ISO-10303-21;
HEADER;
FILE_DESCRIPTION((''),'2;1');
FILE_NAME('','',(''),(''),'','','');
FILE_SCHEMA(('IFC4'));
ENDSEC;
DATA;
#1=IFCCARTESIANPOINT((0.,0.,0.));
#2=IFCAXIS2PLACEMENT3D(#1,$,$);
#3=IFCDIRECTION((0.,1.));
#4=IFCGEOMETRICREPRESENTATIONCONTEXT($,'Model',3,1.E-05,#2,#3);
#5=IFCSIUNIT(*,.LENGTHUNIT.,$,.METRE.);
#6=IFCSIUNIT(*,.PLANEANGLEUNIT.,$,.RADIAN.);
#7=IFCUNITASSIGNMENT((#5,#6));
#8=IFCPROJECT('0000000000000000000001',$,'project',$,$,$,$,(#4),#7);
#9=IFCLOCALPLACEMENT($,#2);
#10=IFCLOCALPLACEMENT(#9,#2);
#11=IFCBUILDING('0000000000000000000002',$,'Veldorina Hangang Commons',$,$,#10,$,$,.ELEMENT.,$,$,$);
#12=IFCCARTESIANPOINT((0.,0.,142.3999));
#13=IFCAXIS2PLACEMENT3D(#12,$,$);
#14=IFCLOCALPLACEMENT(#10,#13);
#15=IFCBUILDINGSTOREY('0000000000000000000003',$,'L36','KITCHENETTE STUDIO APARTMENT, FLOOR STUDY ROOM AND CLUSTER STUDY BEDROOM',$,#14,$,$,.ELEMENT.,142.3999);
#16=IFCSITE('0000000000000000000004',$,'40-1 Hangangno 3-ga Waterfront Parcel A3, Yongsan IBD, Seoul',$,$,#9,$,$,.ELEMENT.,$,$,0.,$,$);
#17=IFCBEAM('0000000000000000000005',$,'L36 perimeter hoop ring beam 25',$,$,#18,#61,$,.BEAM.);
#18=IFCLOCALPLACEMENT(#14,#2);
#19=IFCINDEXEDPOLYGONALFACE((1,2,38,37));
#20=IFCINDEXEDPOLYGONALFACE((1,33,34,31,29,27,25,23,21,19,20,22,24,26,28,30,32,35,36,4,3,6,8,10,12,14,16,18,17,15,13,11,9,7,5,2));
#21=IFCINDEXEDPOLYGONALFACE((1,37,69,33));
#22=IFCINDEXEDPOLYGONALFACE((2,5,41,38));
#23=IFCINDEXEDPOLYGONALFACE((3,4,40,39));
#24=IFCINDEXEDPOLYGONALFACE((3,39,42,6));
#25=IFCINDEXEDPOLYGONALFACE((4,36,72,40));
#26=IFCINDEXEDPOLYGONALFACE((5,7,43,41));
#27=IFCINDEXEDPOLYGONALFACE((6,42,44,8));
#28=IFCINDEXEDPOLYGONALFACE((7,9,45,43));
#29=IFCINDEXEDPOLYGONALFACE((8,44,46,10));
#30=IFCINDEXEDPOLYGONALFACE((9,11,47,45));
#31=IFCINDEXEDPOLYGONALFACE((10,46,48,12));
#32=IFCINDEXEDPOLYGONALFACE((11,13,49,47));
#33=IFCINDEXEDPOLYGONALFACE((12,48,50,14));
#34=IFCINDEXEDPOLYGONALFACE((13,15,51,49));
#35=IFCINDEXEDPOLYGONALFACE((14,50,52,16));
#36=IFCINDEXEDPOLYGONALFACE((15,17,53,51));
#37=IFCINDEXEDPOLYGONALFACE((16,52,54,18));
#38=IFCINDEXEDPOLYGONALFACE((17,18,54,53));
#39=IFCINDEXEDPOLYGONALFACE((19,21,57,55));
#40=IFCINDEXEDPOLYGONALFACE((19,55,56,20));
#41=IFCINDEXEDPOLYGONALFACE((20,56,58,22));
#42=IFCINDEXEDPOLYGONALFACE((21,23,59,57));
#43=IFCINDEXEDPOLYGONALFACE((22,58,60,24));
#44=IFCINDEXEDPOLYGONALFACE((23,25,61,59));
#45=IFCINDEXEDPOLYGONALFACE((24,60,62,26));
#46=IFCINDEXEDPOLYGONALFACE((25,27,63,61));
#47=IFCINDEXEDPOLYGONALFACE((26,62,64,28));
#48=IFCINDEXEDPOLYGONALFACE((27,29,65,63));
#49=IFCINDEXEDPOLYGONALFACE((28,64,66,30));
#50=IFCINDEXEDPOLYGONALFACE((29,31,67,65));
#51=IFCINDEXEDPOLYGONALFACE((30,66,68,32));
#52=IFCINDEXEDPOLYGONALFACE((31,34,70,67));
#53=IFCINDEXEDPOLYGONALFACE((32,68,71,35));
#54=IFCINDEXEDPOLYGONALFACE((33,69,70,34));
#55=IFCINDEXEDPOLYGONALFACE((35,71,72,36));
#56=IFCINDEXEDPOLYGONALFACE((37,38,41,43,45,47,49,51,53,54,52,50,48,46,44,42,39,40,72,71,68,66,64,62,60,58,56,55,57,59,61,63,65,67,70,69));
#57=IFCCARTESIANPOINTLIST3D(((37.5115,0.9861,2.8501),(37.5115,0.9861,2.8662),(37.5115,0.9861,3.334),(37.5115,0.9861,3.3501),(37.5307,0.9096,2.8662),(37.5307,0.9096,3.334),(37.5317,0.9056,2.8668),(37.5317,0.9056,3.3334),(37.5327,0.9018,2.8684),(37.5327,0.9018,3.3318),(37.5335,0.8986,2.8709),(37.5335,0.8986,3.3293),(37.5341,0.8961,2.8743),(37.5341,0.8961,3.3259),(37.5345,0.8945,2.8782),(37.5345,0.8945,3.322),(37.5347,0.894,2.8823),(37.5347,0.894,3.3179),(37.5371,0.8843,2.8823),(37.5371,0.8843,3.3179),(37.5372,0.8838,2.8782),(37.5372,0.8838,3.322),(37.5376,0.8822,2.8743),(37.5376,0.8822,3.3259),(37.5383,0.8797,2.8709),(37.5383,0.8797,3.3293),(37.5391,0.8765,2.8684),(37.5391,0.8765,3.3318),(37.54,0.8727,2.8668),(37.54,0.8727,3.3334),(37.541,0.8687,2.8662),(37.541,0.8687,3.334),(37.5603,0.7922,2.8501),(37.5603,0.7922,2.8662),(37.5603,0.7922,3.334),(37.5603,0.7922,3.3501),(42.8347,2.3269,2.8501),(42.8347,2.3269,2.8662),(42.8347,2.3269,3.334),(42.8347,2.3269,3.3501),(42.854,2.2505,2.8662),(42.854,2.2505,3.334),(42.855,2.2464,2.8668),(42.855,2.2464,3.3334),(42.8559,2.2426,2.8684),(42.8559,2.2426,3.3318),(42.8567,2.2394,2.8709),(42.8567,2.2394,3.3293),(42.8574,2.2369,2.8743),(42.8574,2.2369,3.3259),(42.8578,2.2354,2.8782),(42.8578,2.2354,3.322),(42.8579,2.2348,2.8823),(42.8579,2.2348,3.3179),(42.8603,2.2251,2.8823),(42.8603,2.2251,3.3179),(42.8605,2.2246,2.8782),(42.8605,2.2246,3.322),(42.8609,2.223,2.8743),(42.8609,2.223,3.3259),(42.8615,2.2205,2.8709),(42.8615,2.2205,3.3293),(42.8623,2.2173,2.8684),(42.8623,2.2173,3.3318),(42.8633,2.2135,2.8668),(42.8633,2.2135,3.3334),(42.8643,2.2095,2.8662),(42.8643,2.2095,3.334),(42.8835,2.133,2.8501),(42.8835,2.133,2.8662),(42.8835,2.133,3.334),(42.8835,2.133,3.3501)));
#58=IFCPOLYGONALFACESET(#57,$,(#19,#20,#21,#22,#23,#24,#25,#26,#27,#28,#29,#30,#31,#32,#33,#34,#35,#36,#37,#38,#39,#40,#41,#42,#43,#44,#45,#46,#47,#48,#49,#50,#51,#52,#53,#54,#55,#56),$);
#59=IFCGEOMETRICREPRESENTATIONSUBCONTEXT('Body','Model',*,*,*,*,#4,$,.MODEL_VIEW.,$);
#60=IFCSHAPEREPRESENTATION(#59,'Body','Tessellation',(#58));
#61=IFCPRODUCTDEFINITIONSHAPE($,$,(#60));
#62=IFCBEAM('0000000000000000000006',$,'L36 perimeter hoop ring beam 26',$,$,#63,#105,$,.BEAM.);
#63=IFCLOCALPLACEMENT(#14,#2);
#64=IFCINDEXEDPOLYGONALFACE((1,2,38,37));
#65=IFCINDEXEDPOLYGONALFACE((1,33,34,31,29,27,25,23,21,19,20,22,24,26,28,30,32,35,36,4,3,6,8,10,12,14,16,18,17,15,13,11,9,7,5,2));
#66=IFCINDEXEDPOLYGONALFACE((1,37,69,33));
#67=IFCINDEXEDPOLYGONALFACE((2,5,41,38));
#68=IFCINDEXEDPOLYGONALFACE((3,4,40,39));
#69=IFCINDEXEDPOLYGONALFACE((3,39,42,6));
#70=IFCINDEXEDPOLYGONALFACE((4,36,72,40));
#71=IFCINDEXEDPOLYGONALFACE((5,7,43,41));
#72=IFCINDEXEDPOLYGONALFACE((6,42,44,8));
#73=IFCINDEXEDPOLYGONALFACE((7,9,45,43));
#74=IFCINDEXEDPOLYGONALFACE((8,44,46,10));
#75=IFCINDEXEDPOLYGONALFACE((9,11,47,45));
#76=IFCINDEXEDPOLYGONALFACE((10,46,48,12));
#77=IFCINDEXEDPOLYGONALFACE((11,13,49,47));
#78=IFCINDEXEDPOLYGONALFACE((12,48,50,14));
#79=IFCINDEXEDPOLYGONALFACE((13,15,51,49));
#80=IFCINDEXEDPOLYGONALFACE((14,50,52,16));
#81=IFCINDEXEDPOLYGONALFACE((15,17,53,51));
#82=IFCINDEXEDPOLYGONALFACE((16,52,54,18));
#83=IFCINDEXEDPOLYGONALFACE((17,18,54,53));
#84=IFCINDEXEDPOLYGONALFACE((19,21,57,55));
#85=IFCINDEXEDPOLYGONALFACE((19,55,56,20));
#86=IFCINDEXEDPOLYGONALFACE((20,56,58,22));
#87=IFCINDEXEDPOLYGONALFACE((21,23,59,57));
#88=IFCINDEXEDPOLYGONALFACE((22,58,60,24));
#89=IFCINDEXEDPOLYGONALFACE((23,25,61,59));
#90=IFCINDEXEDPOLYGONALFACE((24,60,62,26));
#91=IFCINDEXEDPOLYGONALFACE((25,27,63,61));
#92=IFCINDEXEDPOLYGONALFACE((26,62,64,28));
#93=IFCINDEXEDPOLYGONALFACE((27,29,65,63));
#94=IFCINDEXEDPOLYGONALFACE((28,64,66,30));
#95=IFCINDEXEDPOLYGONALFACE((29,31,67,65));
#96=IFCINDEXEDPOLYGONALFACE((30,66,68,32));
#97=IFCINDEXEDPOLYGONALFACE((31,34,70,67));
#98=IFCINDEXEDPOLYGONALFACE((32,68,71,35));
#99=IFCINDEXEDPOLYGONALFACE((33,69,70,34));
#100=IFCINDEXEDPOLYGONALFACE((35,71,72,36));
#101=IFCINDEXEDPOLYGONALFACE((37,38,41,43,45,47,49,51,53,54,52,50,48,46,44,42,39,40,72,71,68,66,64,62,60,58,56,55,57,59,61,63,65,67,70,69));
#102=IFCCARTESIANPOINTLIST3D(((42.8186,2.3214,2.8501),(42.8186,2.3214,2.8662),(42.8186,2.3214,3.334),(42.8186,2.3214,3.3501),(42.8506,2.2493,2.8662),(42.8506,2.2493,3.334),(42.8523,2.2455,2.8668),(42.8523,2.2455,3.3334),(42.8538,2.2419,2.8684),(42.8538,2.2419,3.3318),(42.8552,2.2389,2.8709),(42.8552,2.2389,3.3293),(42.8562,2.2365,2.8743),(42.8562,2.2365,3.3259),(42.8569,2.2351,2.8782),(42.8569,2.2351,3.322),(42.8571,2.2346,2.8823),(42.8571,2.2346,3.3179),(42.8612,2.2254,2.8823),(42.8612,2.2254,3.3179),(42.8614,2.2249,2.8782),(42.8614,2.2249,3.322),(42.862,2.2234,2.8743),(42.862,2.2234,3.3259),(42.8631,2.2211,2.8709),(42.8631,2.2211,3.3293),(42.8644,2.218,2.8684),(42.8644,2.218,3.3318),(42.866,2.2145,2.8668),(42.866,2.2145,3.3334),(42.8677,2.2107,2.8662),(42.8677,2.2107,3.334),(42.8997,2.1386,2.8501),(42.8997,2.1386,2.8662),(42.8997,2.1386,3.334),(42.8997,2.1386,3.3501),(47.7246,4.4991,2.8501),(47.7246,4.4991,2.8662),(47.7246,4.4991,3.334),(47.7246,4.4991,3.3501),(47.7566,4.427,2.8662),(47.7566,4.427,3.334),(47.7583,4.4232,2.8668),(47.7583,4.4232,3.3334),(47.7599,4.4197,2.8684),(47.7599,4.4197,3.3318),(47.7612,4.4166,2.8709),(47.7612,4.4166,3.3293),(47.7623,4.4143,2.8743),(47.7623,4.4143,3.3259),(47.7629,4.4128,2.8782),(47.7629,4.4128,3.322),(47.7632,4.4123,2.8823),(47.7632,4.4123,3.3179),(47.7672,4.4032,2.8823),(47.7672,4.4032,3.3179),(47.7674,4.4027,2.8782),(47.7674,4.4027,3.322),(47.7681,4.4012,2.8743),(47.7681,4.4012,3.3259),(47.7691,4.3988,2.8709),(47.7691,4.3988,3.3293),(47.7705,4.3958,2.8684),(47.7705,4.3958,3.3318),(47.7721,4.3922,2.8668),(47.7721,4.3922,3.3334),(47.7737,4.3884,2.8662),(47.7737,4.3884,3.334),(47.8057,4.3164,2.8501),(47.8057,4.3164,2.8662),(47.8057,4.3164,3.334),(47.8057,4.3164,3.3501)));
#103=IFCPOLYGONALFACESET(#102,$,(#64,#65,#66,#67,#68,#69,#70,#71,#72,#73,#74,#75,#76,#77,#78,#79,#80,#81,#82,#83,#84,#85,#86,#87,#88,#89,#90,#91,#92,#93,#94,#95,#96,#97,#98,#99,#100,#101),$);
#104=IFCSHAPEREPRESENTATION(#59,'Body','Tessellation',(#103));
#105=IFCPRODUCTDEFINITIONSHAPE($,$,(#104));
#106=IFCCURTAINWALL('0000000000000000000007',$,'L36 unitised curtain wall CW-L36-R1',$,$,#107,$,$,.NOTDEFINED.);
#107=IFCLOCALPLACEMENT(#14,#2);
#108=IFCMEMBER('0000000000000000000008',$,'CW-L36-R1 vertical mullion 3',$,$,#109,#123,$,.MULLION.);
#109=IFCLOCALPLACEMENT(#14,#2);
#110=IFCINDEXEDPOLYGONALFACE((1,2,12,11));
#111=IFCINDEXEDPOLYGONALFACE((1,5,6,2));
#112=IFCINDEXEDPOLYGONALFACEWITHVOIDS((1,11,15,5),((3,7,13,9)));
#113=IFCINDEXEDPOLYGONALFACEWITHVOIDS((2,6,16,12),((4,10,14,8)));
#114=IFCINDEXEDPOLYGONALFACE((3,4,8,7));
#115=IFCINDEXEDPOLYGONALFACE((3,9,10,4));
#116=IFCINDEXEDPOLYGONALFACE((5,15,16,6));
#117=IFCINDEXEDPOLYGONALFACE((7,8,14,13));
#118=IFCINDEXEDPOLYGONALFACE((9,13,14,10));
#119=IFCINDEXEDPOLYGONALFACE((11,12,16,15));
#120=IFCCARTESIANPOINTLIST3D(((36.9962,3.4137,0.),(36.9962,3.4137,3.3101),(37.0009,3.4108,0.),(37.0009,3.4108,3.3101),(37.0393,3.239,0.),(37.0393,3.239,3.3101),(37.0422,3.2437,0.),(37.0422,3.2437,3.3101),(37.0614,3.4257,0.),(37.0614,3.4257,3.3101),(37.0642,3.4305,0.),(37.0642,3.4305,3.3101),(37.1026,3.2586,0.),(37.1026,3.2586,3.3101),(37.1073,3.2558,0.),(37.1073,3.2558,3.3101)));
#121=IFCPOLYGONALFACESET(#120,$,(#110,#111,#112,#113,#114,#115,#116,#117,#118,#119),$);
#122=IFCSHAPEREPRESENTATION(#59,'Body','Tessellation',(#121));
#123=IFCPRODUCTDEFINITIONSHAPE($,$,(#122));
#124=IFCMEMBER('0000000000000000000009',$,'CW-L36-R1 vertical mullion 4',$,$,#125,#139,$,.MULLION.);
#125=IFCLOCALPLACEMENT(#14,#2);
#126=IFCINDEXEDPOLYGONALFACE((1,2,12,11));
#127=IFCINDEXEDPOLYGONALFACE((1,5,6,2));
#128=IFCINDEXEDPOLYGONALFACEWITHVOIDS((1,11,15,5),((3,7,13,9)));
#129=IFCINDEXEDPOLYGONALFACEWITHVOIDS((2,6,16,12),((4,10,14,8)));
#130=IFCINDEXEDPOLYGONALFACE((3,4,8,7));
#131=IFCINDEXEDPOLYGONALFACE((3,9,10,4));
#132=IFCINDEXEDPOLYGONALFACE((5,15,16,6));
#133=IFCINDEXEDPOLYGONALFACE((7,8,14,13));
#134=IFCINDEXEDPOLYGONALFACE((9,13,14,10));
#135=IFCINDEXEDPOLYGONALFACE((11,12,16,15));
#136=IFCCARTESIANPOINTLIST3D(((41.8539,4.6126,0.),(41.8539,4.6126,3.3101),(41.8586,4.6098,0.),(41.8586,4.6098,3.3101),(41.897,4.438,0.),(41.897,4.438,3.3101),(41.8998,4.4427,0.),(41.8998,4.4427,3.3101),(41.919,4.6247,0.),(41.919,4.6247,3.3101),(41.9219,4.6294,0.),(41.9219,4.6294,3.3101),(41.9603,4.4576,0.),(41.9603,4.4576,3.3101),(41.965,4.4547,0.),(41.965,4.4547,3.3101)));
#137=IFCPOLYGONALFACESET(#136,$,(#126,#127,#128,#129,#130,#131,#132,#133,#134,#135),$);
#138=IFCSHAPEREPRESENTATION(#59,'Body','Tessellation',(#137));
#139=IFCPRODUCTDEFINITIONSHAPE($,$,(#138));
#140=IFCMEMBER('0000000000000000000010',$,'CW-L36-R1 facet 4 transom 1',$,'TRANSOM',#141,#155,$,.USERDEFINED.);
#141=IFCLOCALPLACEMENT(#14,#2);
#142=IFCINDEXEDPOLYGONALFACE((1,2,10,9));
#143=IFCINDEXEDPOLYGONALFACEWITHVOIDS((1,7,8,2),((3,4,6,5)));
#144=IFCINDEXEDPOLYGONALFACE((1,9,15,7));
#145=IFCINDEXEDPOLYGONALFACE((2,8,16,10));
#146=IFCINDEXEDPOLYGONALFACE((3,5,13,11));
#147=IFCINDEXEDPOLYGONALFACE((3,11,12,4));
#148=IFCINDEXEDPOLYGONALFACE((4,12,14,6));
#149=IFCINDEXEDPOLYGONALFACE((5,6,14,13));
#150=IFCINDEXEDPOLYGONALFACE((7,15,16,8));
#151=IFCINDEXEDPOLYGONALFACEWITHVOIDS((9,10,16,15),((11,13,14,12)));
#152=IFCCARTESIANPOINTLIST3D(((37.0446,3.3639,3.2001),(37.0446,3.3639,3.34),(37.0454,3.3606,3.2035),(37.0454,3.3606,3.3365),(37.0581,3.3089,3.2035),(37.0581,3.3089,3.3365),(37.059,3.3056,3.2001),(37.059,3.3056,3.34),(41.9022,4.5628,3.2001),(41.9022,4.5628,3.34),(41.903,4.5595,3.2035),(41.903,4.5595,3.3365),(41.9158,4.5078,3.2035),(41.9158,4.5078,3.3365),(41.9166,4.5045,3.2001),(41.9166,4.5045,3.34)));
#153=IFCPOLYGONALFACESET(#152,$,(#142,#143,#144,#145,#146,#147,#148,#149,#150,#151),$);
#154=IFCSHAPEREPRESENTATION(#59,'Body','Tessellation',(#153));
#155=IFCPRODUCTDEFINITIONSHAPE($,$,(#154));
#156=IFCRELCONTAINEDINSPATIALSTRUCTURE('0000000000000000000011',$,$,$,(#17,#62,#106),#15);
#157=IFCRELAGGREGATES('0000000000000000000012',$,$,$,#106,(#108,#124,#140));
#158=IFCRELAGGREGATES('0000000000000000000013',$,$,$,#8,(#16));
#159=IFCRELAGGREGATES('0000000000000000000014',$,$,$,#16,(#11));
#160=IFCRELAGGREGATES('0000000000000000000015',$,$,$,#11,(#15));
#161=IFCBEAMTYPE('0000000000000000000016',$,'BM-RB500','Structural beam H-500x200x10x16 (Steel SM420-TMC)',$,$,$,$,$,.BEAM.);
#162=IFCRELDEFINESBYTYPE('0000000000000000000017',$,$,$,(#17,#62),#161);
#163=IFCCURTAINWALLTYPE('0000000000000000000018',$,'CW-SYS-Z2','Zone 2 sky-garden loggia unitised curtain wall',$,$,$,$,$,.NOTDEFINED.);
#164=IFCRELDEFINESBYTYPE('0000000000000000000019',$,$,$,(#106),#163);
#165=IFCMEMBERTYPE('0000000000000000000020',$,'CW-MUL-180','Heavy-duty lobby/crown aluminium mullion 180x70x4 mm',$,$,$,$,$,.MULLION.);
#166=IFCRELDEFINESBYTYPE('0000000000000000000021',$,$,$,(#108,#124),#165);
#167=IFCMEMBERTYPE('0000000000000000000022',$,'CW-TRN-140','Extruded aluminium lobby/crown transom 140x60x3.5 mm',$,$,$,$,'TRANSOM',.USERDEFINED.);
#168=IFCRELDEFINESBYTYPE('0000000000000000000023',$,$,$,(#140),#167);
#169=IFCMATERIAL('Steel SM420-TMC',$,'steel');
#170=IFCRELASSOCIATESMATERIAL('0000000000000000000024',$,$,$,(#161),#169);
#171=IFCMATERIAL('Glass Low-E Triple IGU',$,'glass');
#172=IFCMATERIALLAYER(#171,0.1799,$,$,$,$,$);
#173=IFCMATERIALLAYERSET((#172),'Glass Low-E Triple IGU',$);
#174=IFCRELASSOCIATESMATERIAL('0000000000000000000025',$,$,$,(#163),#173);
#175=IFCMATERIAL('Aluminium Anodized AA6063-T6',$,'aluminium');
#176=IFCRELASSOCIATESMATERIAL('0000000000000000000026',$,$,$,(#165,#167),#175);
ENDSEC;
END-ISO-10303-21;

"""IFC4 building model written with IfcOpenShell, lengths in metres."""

from ifc_helpers import new_model, si_unit, direction, frame, origin, origin_2d, place, context, subcontext, project, spatial, hollow_rectangle, i_section, extrude, material, layer, layer_set, material_profile, profile_set, type_object, element, aggregate, save


model = new_model("IFC4")

# Units and contexts
model_context = context("Model", 3, precision=1e-05, world=origin(), true_north=direction((0.0, 1.0)))
body_context = subcontext(model_context, "Body", "Model", "MODEL_VIEW")
ifc_project = project(units=[si_unit("LENGTHUNIT", "METRE"), si_unit("PLANEANGLEUNIT", "RADIAN")], contexts=[model_context])

# Site, building, storey
site_placement = place(None, origin())
site = spatial("IfcSite", under=ifc_project, at=site_placement, Name="40-1 Hangangno 3-ga Waterfront Parcel A3, Yongsan IBD, Seoul", CompositionType="ELEMENT", RefElevation=0.0)
building_placement = place(site_placement, origin())
building = spatial("IfcBuilding", under=site, at=building_placement, Name="Veldorina Hangang Commons", CompositionType="ELEMENT")
storey_placement = place(building_placement, frame((0.0, 0.0, 142.3999)))
storey = spatial("IfcBuildingStorey", under=building, at=storey_placement, Name="L36", Description="KITCHENETTE STUDIO APARTMENT, FLOOR STUDY ROOM AND CLUSTER STUDY BEDROOM", CompositionType="ELEMENT", Elevation=142.3999)

# Beams
ifc_material_1 = material(Name="Steel SM420-TMC", Category="steel")
ifc_material_profile_1 = material_profile(ifc_material_1, i_section(OverallWidth=0.2, OverallDepth=0.5, WebThickness=0.01, FlangeThickness=0.0161, FilletRadius=0.0161, at=origin_2d()), Name="H-500x200x10x16")
ifc_profile_set_1 = profile_set([ifc_material_profile_1], Name="Steel SM420-TMC")
beam_type = type_object("IfcBeamType", Name="BM-RB500", Description="Structural beam H-500x200x10x16 (Steel SM420-TMC)", PredefinedType="BEAM", material=ifc_profile_set_1)
beam_1_placement = place(storey_placement, frame((37.5359, 0.8892, 3.1001), z_axis=(0.969712, 0.244251, 0.0), x_axis=(-0.244251, 0.969712, 0.0)))
element("IfcBeam", 1, at=beam_1_placement, inside=storey, type_object=beam_type, Name="L36 perimeter hoop ring beam 25", PredefinedType="BEAM", context=body_context, shape_type="SweptSolid", body=[
    extrude(i_section(OverallWidth=0.2, OverallDepth=0.5, WebThickness=0.01, FlangeThickness=0.0161, FilletRadius=0.0161, at=origin_2d()), origin(), (0.0, 0.0, 1.0), 5.4895),
])
beam_2_placement = place(storey_placement, frame((42.8591, 2.23, 3.1001), z_axis=(0.913999, 0.405716, 0.0), x_axis=(-0.405716, 0.913999, 0.0)))
element("IfcBeam", 2, at=beam_2_placement, inside=storey, type_object=beam_type, Name="L36 perimeter hoop ring beam 26", PredefinedType="BEAM", context=body_context, shape_type="SweptSolid", body=[
    extrude(i_section(OverallWidth=0.2, OverallDepth=0.5, WebThickness=0.01, FlangeThickness=0.0161, FilletRadius=0.0161, at=origin_2d()), origin(), (0.0, 0.0, 1.0), 5.3677),
])

# Curtain wall, members
ifc_material_2 = material(Name="Glass Low-E Triple IGU", Category="glass")
ifc_layer_1 = layer(ifc_material_2, 0.1799)
ifc_layer_set_1 = layer_set([ifc_layer_1], Name="Glass Low-E Triple IGU")
curtain_wall_type = type_object("IfcCurtainWallType", Name="CW-SYS-Z2", Description="Zone 2 sky-garden loggia unitised curtain wall", PredefinedType="NOTDEFINED", material=ifc_layer_set_1)
curtain_wall_placement = place(storey_placement, origin())
curtain_wall = element("IfcCurtainWall", 3, at=curtain_wall_placement, inside=storey, type_object=curtain_wall_type, Name="L36 unitised curtain wall CW-L36-R1", PredefinedType="NOTDEFINED")
ifc_material_3 = material(Name="Aluminium Anodized AA6063-T6", Category="aluminium")
ifc_material_profile_2 = material_profile(ifc_material_3, hollow_rectangle(XDim=0.0701, YDim=0.1799, WallThickness=0.0039, at=origin_2d()), Name="ALU-RHS-180x70x4")
ifc_profile_set_2 = profile_set([ifc_material_profile_2], Name="Aluminium Anodized AA6063-T6")
member_type_1 = type_object("IfcMemberType", Name="CW-MUL-180", Description="Heavy-duty lobby/crown aluminium mullion 180x70x4 mm", PredefinedType="MULLION", material=ifc_profile_set_2)
member_1_placement = place(storey_placement, frame((37.0518, 3.3347, 0.0), z_axis=(0.0, 0.0, 1.0), x_axis=(0.970863, 0.239635, 0.0)))
member_1 = element("IfcMember", 4, at=member_1_placement, type_object=member_type_1, Name="CW-L36-R1 vertical mullion 3", PredefinedType="MULLION", context=body_context, shape_type="SweptSolid", body=[
    extrude(hollow_rectangle(XDim=0.0701, YDim=0.1799, WallThickness=0.0039, at=origin_2d()), origin(), (0.0, 0.0, 1.0), 3.3101),
])
member_2_placement = place(storey_placement, frame((41.9094, 4.5337, 0.0), z_axis=(0.0, 0.0, 1.0), x_axis=(-0.970863, -0.239635, 0.0)))
member_2 = element("IfcMember", 5, at=member_2_placement, type_object=member_type_1, Name="CW-L36-R1 vertical mullion 4", PredefinedType="MULLION", context=body_context, shape_type="SweptSolid", body=[
    extrude(hollow_rectangle(XDim=0.0701, YDim=0.1799, WallThickness=0.0039, at=origin_2d()), origin(), (0.0, 0.0, 1.0), 3.3101),
])
ifc_material_profile_3 = material_profile(ifc_material_3, hollow_rectangle(XDim=0.0601, YDim=0.1399, WallThickness=0.0034, at=origin_2d()), Name="ALU-RHS-140x60x3.5")
ifc_profile_set_3 = profile_set([ifc_material_profile_3], Name="Aluminium Anodized AA6063-T6")
member_type_2 = type_object("IfcMemberType", Name="CW-TRN-140", Description="Extruded aluminium lobby/crown transom 140x60x3.5 mm", ElementType="TRANSOM", PredefinedType="USERDEFINED", material=ifc_profile_set_3)
member_3_placement = place(storey_placement, frame((37.0518, 3.3347, 3.27), z_axis=(0.970864, 0.23963, 0.0), x_axis=(-0.23963, 0.970864, 0.0)))
member_3 = element("IfcMember", 6, at=member_3_placement, type_object=member_type_2, Name="CW-L36-R1 facet 4 transom 1", ObjectType="TRANSOM", PredefinedType="USERDEFINED", context=body_context, shape_type="SweptSolid", body=[
    extrude(hollow_rectangle(XDim=0.0601, YDim=0.1399, WallThickness=0.0034, at=origin_2d()), origin(), (0.0, 0.0, 1.0), 5.0034),
])

aggregate(curtain_wall, [member_1, member_2, member_3])

save(model, "model.ifc")
